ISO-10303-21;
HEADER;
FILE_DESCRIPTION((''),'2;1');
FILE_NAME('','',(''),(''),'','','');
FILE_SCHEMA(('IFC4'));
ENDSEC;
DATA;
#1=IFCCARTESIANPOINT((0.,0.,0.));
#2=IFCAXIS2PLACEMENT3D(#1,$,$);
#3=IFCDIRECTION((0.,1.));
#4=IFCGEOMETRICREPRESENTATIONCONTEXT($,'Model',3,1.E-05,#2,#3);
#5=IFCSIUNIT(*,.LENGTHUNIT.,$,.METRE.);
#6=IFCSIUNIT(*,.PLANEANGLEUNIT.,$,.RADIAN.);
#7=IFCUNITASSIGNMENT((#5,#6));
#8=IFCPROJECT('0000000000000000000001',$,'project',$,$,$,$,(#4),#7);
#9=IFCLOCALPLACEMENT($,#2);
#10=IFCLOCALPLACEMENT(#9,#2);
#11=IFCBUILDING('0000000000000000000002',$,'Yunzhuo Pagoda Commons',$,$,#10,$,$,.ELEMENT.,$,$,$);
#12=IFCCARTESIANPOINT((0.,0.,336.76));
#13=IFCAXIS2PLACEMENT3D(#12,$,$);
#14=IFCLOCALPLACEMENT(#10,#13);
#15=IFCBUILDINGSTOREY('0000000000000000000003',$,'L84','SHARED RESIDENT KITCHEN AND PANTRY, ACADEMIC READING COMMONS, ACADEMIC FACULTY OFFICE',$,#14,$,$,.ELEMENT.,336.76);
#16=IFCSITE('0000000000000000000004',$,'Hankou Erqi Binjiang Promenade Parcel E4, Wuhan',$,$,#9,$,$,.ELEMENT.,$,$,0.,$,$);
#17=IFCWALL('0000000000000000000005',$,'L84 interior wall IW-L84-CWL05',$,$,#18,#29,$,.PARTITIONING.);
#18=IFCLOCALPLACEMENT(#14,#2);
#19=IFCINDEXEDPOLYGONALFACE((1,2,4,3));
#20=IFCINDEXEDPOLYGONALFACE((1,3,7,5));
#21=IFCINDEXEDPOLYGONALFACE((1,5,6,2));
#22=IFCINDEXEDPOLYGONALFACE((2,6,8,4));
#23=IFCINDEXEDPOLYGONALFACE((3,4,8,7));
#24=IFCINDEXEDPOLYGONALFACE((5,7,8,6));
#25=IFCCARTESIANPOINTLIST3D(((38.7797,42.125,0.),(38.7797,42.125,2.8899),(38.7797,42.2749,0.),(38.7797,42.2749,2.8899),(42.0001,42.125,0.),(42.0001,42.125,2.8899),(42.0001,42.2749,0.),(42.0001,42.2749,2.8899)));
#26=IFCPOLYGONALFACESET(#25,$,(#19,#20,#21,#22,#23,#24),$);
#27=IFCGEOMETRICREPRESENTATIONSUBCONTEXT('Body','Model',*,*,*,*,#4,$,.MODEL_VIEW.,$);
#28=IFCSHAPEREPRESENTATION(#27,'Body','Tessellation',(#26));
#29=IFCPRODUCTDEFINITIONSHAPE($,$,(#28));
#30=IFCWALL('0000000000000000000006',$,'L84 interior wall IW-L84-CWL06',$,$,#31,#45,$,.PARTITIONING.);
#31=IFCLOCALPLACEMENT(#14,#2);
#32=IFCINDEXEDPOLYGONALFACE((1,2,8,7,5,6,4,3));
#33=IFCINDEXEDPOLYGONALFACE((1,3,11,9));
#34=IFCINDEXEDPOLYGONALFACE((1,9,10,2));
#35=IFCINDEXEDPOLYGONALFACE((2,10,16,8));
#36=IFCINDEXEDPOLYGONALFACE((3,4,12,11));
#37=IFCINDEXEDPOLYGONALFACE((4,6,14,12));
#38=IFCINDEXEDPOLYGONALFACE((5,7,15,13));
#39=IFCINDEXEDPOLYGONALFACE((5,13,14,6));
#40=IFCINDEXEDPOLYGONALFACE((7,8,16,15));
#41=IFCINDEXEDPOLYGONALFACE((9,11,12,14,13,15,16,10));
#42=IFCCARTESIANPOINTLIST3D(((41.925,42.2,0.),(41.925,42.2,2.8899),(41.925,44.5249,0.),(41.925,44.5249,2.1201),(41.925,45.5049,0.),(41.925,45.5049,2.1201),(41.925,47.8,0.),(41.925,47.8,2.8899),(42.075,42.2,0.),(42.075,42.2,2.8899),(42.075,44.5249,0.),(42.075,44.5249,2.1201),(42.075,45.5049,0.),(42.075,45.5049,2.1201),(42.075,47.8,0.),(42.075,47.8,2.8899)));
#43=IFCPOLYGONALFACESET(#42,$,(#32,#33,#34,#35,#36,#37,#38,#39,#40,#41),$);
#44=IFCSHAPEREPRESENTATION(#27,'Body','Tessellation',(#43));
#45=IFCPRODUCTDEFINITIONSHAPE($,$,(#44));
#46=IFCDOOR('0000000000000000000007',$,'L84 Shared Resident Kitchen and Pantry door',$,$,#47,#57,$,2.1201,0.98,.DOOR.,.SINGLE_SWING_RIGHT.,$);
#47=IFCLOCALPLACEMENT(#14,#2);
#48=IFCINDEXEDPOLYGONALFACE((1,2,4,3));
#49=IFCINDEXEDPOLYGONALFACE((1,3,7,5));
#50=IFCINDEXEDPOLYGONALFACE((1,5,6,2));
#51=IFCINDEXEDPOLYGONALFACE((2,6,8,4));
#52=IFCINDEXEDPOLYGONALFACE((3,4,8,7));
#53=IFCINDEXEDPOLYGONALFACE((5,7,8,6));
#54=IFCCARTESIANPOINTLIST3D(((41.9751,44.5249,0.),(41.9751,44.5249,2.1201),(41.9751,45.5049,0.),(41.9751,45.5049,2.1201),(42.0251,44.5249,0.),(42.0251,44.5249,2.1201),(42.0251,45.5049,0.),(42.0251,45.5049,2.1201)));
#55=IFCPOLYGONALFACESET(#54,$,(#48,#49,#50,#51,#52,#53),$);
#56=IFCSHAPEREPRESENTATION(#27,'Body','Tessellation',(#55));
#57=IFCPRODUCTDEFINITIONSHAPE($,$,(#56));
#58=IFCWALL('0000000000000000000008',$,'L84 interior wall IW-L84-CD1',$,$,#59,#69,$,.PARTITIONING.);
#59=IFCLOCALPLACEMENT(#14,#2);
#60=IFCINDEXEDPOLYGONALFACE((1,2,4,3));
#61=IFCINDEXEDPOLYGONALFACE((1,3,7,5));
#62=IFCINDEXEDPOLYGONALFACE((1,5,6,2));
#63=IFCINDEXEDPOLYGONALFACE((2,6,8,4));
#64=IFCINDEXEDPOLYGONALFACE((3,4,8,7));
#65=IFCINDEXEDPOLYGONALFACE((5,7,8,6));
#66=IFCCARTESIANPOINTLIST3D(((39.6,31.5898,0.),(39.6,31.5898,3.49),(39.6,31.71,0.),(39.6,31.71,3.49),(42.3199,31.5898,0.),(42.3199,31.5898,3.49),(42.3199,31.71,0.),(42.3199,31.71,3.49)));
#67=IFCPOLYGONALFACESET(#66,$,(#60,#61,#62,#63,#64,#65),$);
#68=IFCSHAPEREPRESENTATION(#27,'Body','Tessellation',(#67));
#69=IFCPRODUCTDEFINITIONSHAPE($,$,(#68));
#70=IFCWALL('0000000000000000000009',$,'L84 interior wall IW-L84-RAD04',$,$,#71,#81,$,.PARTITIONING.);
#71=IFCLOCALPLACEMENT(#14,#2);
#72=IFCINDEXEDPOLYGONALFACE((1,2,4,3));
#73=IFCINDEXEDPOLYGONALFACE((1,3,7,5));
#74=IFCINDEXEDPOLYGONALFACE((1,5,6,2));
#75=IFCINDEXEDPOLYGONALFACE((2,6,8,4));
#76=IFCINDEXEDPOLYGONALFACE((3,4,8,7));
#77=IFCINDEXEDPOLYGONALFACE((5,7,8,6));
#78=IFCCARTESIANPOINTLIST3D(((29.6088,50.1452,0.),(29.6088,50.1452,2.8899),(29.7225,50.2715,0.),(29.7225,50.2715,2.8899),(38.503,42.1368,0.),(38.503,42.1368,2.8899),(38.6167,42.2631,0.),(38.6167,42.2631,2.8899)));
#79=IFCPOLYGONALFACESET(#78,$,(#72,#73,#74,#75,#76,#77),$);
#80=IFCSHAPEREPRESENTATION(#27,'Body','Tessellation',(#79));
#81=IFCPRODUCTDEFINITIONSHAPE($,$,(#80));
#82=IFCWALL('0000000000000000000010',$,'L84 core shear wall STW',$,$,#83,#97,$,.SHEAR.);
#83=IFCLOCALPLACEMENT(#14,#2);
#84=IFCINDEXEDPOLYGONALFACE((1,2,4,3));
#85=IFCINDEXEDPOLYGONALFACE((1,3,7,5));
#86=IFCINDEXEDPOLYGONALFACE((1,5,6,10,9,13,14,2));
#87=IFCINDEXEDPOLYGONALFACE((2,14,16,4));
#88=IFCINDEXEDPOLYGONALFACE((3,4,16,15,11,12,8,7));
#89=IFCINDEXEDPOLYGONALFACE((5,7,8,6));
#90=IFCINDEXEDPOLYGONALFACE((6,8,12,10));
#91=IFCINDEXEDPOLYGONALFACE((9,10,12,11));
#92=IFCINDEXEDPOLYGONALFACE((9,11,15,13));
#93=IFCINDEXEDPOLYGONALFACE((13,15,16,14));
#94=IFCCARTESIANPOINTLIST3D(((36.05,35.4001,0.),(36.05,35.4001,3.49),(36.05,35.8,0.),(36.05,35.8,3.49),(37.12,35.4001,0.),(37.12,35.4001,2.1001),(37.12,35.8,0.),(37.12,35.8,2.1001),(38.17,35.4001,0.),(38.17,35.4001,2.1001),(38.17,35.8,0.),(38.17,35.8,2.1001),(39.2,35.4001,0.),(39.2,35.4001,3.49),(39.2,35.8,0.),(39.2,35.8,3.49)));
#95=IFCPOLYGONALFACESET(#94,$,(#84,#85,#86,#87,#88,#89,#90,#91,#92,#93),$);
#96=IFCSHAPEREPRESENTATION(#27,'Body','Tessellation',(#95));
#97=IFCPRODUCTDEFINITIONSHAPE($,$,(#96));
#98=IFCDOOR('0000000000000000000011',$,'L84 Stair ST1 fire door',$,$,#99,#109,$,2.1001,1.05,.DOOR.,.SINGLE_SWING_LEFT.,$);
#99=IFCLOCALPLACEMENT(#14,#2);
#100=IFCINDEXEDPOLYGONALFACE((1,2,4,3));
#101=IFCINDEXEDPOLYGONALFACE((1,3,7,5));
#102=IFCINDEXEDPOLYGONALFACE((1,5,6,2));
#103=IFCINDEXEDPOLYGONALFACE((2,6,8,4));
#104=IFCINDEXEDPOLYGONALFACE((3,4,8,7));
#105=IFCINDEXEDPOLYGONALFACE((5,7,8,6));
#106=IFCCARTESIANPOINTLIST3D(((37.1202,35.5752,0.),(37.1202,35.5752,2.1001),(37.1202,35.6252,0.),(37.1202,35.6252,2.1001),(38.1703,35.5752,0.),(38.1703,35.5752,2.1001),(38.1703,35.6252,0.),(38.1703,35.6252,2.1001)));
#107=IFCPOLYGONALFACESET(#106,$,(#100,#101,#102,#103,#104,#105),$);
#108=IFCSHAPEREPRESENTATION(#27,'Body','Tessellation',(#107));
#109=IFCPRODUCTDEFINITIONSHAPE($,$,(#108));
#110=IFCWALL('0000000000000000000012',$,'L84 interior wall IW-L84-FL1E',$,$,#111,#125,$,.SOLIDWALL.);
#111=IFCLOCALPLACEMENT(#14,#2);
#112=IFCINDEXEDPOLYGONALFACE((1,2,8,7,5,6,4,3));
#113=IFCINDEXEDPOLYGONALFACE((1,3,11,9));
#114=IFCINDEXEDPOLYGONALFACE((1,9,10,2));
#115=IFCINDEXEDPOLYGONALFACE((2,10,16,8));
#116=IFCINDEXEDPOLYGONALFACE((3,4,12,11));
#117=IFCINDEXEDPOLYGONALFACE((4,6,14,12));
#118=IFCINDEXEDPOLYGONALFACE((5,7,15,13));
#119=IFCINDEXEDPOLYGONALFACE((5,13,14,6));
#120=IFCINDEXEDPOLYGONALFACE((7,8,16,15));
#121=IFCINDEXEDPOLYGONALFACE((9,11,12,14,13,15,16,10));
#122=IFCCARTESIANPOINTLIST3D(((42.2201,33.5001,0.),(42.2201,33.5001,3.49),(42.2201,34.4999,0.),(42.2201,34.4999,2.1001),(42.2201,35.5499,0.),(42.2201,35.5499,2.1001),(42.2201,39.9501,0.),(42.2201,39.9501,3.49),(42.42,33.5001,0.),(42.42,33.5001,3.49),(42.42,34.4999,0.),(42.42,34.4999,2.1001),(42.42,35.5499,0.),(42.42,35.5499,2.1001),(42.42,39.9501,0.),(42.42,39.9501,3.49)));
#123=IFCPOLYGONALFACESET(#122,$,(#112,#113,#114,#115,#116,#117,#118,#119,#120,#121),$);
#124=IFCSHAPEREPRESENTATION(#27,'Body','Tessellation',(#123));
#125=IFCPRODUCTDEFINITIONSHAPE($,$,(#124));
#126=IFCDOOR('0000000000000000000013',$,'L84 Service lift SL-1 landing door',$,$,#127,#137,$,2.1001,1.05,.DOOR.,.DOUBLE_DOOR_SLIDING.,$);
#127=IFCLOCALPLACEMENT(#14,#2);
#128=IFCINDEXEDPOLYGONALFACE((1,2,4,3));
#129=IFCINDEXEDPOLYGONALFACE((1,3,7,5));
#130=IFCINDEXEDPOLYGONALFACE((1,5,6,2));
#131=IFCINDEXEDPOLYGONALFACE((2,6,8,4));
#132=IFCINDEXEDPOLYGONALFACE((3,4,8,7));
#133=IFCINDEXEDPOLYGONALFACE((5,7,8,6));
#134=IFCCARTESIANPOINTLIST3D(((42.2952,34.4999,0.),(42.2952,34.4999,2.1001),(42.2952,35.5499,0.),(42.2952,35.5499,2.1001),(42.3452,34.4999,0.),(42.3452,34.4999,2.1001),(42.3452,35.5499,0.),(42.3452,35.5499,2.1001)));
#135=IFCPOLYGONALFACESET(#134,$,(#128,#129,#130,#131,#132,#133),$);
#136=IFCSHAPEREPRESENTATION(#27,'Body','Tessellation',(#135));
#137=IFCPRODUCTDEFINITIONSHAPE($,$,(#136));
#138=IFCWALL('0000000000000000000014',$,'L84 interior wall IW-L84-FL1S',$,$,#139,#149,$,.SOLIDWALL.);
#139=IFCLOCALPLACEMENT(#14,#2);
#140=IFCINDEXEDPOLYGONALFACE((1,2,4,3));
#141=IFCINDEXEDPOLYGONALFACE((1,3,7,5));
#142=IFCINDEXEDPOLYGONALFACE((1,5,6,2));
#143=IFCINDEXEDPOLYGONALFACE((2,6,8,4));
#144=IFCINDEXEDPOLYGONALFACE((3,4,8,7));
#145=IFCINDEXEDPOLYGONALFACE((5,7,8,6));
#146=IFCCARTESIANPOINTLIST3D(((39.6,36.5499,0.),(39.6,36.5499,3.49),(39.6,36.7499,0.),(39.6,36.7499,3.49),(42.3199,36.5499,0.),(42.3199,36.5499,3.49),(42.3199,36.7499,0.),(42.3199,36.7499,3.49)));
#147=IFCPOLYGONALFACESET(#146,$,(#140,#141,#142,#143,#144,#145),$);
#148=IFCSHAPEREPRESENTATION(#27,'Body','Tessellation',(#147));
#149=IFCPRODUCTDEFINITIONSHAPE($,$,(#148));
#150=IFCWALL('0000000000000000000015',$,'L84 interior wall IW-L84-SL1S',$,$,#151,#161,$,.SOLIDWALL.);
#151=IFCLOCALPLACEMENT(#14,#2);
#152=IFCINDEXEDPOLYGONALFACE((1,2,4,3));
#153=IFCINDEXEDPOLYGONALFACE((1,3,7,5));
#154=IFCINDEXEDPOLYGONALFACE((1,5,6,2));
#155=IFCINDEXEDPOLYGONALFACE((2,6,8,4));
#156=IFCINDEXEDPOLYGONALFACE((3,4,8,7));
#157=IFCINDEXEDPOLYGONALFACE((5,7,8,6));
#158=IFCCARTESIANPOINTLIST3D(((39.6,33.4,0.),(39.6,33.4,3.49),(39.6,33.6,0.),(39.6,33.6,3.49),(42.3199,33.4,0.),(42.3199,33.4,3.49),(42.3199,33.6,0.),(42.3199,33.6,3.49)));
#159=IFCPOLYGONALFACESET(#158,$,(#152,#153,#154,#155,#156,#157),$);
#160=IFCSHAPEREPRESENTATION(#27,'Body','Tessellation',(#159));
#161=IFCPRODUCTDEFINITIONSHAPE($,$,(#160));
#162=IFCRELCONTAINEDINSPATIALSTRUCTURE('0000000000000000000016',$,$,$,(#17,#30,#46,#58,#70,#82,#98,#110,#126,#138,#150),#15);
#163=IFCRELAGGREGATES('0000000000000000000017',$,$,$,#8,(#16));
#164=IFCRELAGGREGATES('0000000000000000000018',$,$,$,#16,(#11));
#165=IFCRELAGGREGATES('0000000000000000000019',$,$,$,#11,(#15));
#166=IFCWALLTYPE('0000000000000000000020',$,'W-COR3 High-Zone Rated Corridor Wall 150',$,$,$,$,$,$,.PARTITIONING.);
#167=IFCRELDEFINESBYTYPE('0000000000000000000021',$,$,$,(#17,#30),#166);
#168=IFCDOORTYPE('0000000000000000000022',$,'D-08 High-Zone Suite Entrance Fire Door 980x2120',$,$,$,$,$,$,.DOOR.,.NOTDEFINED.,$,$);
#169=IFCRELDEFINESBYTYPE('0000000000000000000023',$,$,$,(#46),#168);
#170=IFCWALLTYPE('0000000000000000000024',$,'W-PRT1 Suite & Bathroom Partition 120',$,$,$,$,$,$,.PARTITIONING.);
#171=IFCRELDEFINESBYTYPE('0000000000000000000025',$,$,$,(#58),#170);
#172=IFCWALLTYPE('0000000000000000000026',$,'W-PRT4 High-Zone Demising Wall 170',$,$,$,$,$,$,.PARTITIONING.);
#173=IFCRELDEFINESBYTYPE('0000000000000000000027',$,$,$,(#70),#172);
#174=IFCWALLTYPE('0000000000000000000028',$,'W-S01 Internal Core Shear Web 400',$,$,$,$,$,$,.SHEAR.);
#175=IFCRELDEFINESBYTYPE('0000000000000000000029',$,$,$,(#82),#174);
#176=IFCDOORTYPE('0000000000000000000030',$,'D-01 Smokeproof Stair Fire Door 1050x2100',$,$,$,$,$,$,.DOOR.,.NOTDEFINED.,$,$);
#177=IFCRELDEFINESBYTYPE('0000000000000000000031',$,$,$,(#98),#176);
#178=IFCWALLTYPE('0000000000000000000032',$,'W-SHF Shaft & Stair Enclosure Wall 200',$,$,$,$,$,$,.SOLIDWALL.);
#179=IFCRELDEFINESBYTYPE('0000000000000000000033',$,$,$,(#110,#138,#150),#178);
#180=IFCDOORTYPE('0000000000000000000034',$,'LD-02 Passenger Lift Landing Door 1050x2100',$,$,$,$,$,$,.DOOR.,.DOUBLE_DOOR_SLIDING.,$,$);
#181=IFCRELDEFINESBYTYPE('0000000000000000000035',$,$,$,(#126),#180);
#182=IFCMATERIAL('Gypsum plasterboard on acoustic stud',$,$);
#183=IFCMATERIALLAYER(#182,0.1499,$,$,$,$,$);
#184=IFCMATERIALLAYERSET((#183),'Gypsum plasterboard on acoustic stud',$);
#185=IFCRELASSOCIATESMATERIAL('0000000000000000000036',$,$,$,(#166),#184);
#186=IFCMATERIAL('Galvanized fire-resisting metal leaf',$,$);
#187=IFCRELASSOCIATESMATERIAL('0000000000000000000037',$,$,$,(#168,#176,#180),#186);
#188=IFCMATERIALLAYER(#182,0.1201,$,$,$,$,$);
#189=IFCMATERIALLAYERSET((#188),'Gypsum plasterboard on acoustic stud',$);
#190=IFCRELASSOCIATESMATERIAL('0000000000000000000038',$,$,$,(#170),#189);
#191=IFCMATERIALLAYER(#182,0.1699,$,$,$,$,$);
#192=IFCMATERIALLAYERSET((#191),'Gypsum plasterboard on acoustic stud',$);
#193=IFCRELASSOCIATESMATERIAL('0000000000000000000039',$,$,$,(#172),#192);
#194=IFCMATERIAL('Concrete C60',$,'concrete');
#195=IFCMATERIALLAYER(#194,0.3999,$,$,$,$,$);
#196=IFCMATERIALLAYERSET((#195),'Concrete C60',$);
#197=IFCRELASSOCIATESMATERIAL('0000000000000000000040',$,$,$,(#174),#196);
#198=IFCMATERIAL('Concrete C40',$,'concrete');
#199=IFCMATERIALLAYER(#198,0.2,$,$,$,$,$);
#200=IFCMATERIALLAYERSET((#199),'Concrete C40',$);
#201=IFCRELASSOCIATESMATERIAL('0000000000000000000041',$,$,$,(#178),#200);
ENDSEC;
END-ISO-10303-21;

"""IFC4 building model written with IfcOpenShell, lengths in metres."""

from ifc_helpers import new_model, si_unit, direction, frame, frame_2d, origin, origin_with_axes, place, context, subcontext, project, spatial, rectangle, extrude, source, transform, mapped, material, layer, layer_set, type_object, element, fill, save


model = new_model("IFC4")

# Units and contexts
model_context = context("Model", 3, precision=1e-05, world=origin(), true_north=direction((0.0, 1.0)))
body_context = subcontext(model_context, "Body", "Model", "MODEL_VIEW")
ifc_project = project(units=[si_unit("LENGTHUNIT", "METRE"), si_unit("PLANEANGLEUNIT", "RADIAN")], contexts=[model_context])

# Site, building, storey
site_placement = place(None, origin())
site = spatial("IfcSite", under=ifc_project, at=site_placement, Name="Hankou Erqi Binjiang Promenade Parcel E4, Wuhan", CompositionType="ELEMENT", RefElevation=0.0)
building_placement = place(site_placement, origin())
building = spatial("IfcBuilding", under=site, at=building_placement, Name="Yunzhuo Pagoda Commons", CompositionType="ELEMENT")
storey_placement = place(building_placement, frame((0.0, 0.0, 336.76)))
storey = spatial("IfcBuildingStorey", under=building, at=storey_placement, Name="L84", Description="SHARED RESIDENT KITCHEN AND PANTRY, ACADEMIC READING COMMONS, ACADEMIC FACULTY OFFICE", CompositionType="ELEMENT", Elevation=336.76)

# Shared definitions
ifc_material_1 = material(Name="Galvanized fire-resisting metal leaf")
shared_shape_1 = source(origin(), body_context, "Body", "SweptSolid", [
    extrude(rectangle(XDim=1.05, YDim=2.1001, at=frame_2d((0.5249, 1.05))), frame((0.0, 0.0249, 0.0), z_axis=(0.0, -1.0, 0.0), x_axis=(1.0, 0.0, 0.0)), (0.0, 0.0, 1.0), 0.05),
])
ifc_material_2 = material(Name="Gypsum plasterboard on acoustic stud")
ifc_layer_1 = layer(ifc_material_2, 0.1499)
ifc_layer_set_1 = layer_set([ifc_layer_1], Name="Gypsum plasterboard on acoustic stud")
wall_type_1 = type_object("IfcWallType", Name="W-COR3 High-Zone Rated Corridor Wall 150", PredefinedType="PARTITIONING", material=ifc_layer_set_1)

# Wall
wall_1_placement = place(storey_placement, frame((38.7795, 42.2, 0.0), z_axis=(0.0, 0.0, 1.0), x_axis=(1.0, 0.0, 0.0)))
element("IfcWall", 1, at=wall_1_placement, inside=storey, type_object=wall_type_1, Name="L84 interior wall IW-L84-CWL05", PredefinedType="PARTITIONING", context=body_context, shape_type="SweptSolid", body=[
    extrude(rectangle(XDim=3.2205, YDim=0.1499, at=frame_2d((1.6104, 0.0))), origin(), (0.0, 0.0, 1.0), 2.8899),
])

# Wall, opening, door
wall_2_placement = place(storey_placement, frame((42.0, 42.2, 0.0), z_axis=(0.0, 0.0, 1.0), x_axis=(0.0, 1.0, 0.0)))
wall_2 = element("IfcWall", 2, at=wall_2_placement, inside=storey, type_object=wall_type_1, Name="L84 interior wall IW-L84-CWL06", PredefinedType="PARTITIONING", context=body_context, shape_type="SweptSolid", body=[
    extrude(rectangle(XDim=5.6001, YDim=0.1499, at=frame_2d((2.8, 0.0))), origin(), (0.0, 0.0, 1.0), 2.8899),
])
opening_1_placement = place(wall_2_placement, frame((2.325, 0.0, 0.0)))
opening_1 = element("IfcOpeningElement", 3, at=opening_1_placement, cuts=wall_2, PredefinedType="OPENING", context=body_context, shape_type="SweptSolid", body=[
    extrude(rectangle(XDim=0.98, YDim=2.1201, at=frame_2d((0.49, 1.0601))), frame((0.0, 0.085, 0.0), z_axis=(0.0, -1.0, 0.0), x_axis=(1.0, 0.0, 0.0)), (0.0, 0.0, 1.0), 0.1699),
])
door_type_1 = type_object("IfcDoorType", Name="D-08 High-Zone Suite Entrance Fire Door 980x2120", OperationType="NOTDEFINED", PredefinedType="DOOR", material=ifc_material_1)
shared_shape_2 = source(origin(), body_context, "Body", "SweptSolid", [
    extrude(rectangle(XDim=0.98, YDim=2.1201, at=frame_2d((0.49, 1.0601))), frame((0.0, 0.0249, 0.0), z_axis=(0.0, -1.0, 0.0), x_axis=(1.0, 0.0, 0.0)), (0.0, 0.0, 1.0), 0.05),
])
door_1_placement = place(opening_1_placement, origin_with_axes())
door_1 = element("IfcDoor", 4, at=door_1_placement, inside=storey, type_object=door_type_1, Name="L84 Shared Resident Kitchen and Pantry door", OperationType="SINGLE_SWING_RIGHT", OverallHeight=2.1201, OverallWidth=0.98, PredefinedType="DOOR", context=body_context, shape_type="MappedRepresentation", body=[
    mapped(shared_shape_2, transform((0.0, 0.0, 0.0), scale=1.0)),
])
fill(opening_1, door_1)

# Walls
ifc_layer_2 = layer(ifc_material_2, 0.1201)
ifc_layer_set_2 = layer_set([ifc_layer_2], Name="Gypsum plasterboard on acoustic stud")
wall_type_2 = type_object("IfcWallType", Name="W-PRT1 Suite & Bathroom Partition 120", PredefinedType="PARTITIONING", material=ifc_layer_set_2)
wall_3_placement = place(storey_placement, frame((39.6001, 31.6499, 0.0), z_axis=(0.0, 0.0, 1.0), x_axis=(1.0, 0.0, 0.0)))
element("IfcWall", 5, at=wall_3_placement, inside=storey, type_object=wall_type_2, Name="L84 interior wall IW-L84-CD1", PredefinedType="PARTITIONING", context=body_context, shape_type="SweptSolid", body=[
    extrude(rectangle(XDim=2.72, YDim=0.1201, at=frame_2d((1.3599, 0.0))), origin(), (0.0, 0.0, 1.0), 3.49),
])
ifc_layer_3 = layer(ifc_material_2, 0.1699)
ifc_layer_set_3 = layer_set([ifc_layer_3], Name="Gypsum plasterboard on acoustic stud")
wall_type_3 = type_object("IfcWallType", Name="W-PRT4 High-Zone Demising Wall 170", PredefinedType="PARTITIONING", material=ifc_layer_set_3)
wall_4_placement = place(storey_placement, frame((38.5598, 42.2, 0.0), z_axis=(0.0, 0.0, 1.0), x_axis=(-0.743142, 0.669134, 0.0)))
element("IfcWall", 6, at=wall_4_placement, inside=storey, type_object=wall_type_3, Name="L84 interior wall IW-L84-RAD04", PredefinedType="PARTITIONING", context=body_context, shape_type="SweptSolid", body=[
    extrude(rectangle(XDim=11.9683, YDim=0.1699, at=frame_2d((5.9841, 0.0))), origin(), (0.0, 0.0, 1.0), 2.8899),
])

# Walls, openings, doors
ifc_material_3 = material(Name="Concrete C60", Category="concrete")
ifc_layer_4 = layer(ifc_material_3, 0.3999)
ifc_layer_set_4 = layer_set([ifc_layer_4], Name="Concrete C60")
wall_type_4 = type_object("IfcWallType", Name="W-S01 Internal Core Shear Web 400", PredefinedType="SHEAR", material=ifc_layer_set_4)
wall_5_placement = place(storey_placement, frame((36.05, 35.6001, 0.0), z_axis=(0.0, 0.0, 1.0), x_axis=(1.0, 0.0, 0.0)))
wall_5 = element("IfcWall", 7, at=wall_5_placement, inside=storey, type_object=wall_type_4, Name="L84 core shear wall STW", PredefinedType="SHEAR", context=body_context, shape_type="SweptSolid", body=[
    extrude(rectangle(XDim=3.1499, YDim=0.3999, at=frame_2d((1.575, 0.0))), origin(), (0.0, 0.0, 1.0), 3.49),
])
opening_2_placement = place(wall_5_placement, frame((1.0701, 0.0, 0.0)))
opening_2 = element("IfcOpeningElement", 8, at=opening_2_placement, cuts=wall_5, PredefinedType="OPENING", context=body_context, shape_type="SweptSolid", body=[
    extrude(rectangle(XDim=1.05, YDim=2.1001, at=frame_2d((0.5249, 1.05))), frame((0.0, 0.21, 0.0), z_axis=(0.0, -1.0, 0.0), x_axis=(1.0, 0.0, 0.0)), (0.0, 0.0, 1.0), 0.4199),
])
door_type_2 = type_object("IfcDoorType", Name="D-01 Smokeproof Stair Fire Door 1050x2100", OperationType="NOTDEFINED", PredefinedType="DOOR", material=ifc_material_1)
door_2_placement = place(opening_2_placement, frame((1.05, 0.0, 0.0), z_axis=(0.0, 0.0, 1.0), x_axis=(-1.0, 0.0, 0.0)))
door_2 = element("IfcDoor", 9, at=door_2_placement, inside=storey, type_object=door_type_2, Name="L84 Stair ST1 fire door", OperationType="SINGLE_SWING_LEFT", OverallHeight=2.1001, OverallWidth=1.05, PredefinedType="DOOR", context=body_context, shape_type="MappedRepresentation", body=[
    mapped(shared_shape_1, transform((0.0, 0.0, 0.0), scale=1.0)),
])
fill(opening_2, door_2)
ifc_material_4 = material(Name="Concrete C40", Category="concrete")
ifc_layer_5 = layer(ifc_material_4, 0.2)
ifc_layer_set_5 = layer_set([ifc_layer_5], Name="Concrete C40")
wall_type_5 = type_object("IfcWallType", Name="W-SHF Shaft & Stair Enclosure Wall 200", PredefinedType="SOLIDWALL", material=ifc_layer_set_5)
wall_6_placement = place(storey_placement, frame((42.3201, 33.5, 0.0), z_axis=(0.0, 0.0, 1.0), x_axis=(0.0, 1.0, 0.0)))
wall_6 = element("IfcWall", 10, at=wall_6_placement, inside=storey, type_object=wall_type_5, Name="L84 interior wall IW-L84-FL1E", PredefinedType="SOLIDWALL", context=body_context, shape_type="SweptSolid", body=[
    extrude(rectangle(XDim=6.45, YDim=0.2, at=frame_2d((3.2251, 0.0))), origin(), (0.0, 0.0, 1.0), 3.49),
])
opening_3_placement = place(wall_6_placement, frame((1.0, 0.0, 0.0)))
opening_3 = element("IfcOpeningElement", 11, at=opening_3_placement, cuts=wall_6, PredefinedType="OPENING", context=body_context, shape_type="SweptSolid", body=[
    extrude(rectangle(XDim=1.05, YDim=2.1001, at=frame_2d((0.5249, 1.05))), frame((0.0, 0.1099, 0.0), z_axis=(0.0, -1.0, 0.0), x_axis=(1.0, 0.0, 0.0)), (0.0, 0.0, 1.0), 0.22),
])
door_type_3 = type_object("IfcDoorType", Name="LD-02 Passenger Lift Landing Door 1050x2100", OperationType="DOUBLE_DOOR_SLIDING", PredefinedType="DOOR", material=ifc_material_1)
door_3_placement = place(opening_3_placement, origin_with_axes())
door_3 = element("IfcDoor", 12, at=door_3_placement, inside=storey, type_object=door_type_3, Name="L84 Service lift SL-1 landing door", OperationType="DOUBLE_DOOR_SLIDING", OverallHeight=2.1001, OverallWidth=1.05, PredefinedType="DOOR", context=body_context, shape_type="MappedRepresentation", body=[
    mapped(shared_shape_1, transform((0.0, 0.0, 0.0), scale=1.0)),
])
fill(opening_3, door_3)

# Walls
for number, where, z_axis, x_axis, name in (
    (13, (39.6001, 36.6499, 0.0), (0.0, 0.0, 1.0), (1.0, 0.0, 0.0), "L84 interior wall IW-L84-FL1S"),
    (14, (39.6001, 33.5, 0.0), (0.0, 0.0, 1.0), (1.0, 0.0, 0.0), "L84 interior wall IW-L84-SL1S"),
):
    element("IfcWall", number, at=place(storey_placement, frame(where, z_axis=z_axis, x_axis=x_axis)), inside=storey, type_object=wall_type_5, Name=name, PredefinedType="SOLIDWALL", context=body_context, shape_type="SweptSolid", body=[
        extrude(rectangle(XDim=2.72, YDim=0.2, at=frame_2d((1.3599, 0.0))), origin(), (0.0, 0.0, 1.0), 3.49),
    ])

save(model, "model.ifc")
